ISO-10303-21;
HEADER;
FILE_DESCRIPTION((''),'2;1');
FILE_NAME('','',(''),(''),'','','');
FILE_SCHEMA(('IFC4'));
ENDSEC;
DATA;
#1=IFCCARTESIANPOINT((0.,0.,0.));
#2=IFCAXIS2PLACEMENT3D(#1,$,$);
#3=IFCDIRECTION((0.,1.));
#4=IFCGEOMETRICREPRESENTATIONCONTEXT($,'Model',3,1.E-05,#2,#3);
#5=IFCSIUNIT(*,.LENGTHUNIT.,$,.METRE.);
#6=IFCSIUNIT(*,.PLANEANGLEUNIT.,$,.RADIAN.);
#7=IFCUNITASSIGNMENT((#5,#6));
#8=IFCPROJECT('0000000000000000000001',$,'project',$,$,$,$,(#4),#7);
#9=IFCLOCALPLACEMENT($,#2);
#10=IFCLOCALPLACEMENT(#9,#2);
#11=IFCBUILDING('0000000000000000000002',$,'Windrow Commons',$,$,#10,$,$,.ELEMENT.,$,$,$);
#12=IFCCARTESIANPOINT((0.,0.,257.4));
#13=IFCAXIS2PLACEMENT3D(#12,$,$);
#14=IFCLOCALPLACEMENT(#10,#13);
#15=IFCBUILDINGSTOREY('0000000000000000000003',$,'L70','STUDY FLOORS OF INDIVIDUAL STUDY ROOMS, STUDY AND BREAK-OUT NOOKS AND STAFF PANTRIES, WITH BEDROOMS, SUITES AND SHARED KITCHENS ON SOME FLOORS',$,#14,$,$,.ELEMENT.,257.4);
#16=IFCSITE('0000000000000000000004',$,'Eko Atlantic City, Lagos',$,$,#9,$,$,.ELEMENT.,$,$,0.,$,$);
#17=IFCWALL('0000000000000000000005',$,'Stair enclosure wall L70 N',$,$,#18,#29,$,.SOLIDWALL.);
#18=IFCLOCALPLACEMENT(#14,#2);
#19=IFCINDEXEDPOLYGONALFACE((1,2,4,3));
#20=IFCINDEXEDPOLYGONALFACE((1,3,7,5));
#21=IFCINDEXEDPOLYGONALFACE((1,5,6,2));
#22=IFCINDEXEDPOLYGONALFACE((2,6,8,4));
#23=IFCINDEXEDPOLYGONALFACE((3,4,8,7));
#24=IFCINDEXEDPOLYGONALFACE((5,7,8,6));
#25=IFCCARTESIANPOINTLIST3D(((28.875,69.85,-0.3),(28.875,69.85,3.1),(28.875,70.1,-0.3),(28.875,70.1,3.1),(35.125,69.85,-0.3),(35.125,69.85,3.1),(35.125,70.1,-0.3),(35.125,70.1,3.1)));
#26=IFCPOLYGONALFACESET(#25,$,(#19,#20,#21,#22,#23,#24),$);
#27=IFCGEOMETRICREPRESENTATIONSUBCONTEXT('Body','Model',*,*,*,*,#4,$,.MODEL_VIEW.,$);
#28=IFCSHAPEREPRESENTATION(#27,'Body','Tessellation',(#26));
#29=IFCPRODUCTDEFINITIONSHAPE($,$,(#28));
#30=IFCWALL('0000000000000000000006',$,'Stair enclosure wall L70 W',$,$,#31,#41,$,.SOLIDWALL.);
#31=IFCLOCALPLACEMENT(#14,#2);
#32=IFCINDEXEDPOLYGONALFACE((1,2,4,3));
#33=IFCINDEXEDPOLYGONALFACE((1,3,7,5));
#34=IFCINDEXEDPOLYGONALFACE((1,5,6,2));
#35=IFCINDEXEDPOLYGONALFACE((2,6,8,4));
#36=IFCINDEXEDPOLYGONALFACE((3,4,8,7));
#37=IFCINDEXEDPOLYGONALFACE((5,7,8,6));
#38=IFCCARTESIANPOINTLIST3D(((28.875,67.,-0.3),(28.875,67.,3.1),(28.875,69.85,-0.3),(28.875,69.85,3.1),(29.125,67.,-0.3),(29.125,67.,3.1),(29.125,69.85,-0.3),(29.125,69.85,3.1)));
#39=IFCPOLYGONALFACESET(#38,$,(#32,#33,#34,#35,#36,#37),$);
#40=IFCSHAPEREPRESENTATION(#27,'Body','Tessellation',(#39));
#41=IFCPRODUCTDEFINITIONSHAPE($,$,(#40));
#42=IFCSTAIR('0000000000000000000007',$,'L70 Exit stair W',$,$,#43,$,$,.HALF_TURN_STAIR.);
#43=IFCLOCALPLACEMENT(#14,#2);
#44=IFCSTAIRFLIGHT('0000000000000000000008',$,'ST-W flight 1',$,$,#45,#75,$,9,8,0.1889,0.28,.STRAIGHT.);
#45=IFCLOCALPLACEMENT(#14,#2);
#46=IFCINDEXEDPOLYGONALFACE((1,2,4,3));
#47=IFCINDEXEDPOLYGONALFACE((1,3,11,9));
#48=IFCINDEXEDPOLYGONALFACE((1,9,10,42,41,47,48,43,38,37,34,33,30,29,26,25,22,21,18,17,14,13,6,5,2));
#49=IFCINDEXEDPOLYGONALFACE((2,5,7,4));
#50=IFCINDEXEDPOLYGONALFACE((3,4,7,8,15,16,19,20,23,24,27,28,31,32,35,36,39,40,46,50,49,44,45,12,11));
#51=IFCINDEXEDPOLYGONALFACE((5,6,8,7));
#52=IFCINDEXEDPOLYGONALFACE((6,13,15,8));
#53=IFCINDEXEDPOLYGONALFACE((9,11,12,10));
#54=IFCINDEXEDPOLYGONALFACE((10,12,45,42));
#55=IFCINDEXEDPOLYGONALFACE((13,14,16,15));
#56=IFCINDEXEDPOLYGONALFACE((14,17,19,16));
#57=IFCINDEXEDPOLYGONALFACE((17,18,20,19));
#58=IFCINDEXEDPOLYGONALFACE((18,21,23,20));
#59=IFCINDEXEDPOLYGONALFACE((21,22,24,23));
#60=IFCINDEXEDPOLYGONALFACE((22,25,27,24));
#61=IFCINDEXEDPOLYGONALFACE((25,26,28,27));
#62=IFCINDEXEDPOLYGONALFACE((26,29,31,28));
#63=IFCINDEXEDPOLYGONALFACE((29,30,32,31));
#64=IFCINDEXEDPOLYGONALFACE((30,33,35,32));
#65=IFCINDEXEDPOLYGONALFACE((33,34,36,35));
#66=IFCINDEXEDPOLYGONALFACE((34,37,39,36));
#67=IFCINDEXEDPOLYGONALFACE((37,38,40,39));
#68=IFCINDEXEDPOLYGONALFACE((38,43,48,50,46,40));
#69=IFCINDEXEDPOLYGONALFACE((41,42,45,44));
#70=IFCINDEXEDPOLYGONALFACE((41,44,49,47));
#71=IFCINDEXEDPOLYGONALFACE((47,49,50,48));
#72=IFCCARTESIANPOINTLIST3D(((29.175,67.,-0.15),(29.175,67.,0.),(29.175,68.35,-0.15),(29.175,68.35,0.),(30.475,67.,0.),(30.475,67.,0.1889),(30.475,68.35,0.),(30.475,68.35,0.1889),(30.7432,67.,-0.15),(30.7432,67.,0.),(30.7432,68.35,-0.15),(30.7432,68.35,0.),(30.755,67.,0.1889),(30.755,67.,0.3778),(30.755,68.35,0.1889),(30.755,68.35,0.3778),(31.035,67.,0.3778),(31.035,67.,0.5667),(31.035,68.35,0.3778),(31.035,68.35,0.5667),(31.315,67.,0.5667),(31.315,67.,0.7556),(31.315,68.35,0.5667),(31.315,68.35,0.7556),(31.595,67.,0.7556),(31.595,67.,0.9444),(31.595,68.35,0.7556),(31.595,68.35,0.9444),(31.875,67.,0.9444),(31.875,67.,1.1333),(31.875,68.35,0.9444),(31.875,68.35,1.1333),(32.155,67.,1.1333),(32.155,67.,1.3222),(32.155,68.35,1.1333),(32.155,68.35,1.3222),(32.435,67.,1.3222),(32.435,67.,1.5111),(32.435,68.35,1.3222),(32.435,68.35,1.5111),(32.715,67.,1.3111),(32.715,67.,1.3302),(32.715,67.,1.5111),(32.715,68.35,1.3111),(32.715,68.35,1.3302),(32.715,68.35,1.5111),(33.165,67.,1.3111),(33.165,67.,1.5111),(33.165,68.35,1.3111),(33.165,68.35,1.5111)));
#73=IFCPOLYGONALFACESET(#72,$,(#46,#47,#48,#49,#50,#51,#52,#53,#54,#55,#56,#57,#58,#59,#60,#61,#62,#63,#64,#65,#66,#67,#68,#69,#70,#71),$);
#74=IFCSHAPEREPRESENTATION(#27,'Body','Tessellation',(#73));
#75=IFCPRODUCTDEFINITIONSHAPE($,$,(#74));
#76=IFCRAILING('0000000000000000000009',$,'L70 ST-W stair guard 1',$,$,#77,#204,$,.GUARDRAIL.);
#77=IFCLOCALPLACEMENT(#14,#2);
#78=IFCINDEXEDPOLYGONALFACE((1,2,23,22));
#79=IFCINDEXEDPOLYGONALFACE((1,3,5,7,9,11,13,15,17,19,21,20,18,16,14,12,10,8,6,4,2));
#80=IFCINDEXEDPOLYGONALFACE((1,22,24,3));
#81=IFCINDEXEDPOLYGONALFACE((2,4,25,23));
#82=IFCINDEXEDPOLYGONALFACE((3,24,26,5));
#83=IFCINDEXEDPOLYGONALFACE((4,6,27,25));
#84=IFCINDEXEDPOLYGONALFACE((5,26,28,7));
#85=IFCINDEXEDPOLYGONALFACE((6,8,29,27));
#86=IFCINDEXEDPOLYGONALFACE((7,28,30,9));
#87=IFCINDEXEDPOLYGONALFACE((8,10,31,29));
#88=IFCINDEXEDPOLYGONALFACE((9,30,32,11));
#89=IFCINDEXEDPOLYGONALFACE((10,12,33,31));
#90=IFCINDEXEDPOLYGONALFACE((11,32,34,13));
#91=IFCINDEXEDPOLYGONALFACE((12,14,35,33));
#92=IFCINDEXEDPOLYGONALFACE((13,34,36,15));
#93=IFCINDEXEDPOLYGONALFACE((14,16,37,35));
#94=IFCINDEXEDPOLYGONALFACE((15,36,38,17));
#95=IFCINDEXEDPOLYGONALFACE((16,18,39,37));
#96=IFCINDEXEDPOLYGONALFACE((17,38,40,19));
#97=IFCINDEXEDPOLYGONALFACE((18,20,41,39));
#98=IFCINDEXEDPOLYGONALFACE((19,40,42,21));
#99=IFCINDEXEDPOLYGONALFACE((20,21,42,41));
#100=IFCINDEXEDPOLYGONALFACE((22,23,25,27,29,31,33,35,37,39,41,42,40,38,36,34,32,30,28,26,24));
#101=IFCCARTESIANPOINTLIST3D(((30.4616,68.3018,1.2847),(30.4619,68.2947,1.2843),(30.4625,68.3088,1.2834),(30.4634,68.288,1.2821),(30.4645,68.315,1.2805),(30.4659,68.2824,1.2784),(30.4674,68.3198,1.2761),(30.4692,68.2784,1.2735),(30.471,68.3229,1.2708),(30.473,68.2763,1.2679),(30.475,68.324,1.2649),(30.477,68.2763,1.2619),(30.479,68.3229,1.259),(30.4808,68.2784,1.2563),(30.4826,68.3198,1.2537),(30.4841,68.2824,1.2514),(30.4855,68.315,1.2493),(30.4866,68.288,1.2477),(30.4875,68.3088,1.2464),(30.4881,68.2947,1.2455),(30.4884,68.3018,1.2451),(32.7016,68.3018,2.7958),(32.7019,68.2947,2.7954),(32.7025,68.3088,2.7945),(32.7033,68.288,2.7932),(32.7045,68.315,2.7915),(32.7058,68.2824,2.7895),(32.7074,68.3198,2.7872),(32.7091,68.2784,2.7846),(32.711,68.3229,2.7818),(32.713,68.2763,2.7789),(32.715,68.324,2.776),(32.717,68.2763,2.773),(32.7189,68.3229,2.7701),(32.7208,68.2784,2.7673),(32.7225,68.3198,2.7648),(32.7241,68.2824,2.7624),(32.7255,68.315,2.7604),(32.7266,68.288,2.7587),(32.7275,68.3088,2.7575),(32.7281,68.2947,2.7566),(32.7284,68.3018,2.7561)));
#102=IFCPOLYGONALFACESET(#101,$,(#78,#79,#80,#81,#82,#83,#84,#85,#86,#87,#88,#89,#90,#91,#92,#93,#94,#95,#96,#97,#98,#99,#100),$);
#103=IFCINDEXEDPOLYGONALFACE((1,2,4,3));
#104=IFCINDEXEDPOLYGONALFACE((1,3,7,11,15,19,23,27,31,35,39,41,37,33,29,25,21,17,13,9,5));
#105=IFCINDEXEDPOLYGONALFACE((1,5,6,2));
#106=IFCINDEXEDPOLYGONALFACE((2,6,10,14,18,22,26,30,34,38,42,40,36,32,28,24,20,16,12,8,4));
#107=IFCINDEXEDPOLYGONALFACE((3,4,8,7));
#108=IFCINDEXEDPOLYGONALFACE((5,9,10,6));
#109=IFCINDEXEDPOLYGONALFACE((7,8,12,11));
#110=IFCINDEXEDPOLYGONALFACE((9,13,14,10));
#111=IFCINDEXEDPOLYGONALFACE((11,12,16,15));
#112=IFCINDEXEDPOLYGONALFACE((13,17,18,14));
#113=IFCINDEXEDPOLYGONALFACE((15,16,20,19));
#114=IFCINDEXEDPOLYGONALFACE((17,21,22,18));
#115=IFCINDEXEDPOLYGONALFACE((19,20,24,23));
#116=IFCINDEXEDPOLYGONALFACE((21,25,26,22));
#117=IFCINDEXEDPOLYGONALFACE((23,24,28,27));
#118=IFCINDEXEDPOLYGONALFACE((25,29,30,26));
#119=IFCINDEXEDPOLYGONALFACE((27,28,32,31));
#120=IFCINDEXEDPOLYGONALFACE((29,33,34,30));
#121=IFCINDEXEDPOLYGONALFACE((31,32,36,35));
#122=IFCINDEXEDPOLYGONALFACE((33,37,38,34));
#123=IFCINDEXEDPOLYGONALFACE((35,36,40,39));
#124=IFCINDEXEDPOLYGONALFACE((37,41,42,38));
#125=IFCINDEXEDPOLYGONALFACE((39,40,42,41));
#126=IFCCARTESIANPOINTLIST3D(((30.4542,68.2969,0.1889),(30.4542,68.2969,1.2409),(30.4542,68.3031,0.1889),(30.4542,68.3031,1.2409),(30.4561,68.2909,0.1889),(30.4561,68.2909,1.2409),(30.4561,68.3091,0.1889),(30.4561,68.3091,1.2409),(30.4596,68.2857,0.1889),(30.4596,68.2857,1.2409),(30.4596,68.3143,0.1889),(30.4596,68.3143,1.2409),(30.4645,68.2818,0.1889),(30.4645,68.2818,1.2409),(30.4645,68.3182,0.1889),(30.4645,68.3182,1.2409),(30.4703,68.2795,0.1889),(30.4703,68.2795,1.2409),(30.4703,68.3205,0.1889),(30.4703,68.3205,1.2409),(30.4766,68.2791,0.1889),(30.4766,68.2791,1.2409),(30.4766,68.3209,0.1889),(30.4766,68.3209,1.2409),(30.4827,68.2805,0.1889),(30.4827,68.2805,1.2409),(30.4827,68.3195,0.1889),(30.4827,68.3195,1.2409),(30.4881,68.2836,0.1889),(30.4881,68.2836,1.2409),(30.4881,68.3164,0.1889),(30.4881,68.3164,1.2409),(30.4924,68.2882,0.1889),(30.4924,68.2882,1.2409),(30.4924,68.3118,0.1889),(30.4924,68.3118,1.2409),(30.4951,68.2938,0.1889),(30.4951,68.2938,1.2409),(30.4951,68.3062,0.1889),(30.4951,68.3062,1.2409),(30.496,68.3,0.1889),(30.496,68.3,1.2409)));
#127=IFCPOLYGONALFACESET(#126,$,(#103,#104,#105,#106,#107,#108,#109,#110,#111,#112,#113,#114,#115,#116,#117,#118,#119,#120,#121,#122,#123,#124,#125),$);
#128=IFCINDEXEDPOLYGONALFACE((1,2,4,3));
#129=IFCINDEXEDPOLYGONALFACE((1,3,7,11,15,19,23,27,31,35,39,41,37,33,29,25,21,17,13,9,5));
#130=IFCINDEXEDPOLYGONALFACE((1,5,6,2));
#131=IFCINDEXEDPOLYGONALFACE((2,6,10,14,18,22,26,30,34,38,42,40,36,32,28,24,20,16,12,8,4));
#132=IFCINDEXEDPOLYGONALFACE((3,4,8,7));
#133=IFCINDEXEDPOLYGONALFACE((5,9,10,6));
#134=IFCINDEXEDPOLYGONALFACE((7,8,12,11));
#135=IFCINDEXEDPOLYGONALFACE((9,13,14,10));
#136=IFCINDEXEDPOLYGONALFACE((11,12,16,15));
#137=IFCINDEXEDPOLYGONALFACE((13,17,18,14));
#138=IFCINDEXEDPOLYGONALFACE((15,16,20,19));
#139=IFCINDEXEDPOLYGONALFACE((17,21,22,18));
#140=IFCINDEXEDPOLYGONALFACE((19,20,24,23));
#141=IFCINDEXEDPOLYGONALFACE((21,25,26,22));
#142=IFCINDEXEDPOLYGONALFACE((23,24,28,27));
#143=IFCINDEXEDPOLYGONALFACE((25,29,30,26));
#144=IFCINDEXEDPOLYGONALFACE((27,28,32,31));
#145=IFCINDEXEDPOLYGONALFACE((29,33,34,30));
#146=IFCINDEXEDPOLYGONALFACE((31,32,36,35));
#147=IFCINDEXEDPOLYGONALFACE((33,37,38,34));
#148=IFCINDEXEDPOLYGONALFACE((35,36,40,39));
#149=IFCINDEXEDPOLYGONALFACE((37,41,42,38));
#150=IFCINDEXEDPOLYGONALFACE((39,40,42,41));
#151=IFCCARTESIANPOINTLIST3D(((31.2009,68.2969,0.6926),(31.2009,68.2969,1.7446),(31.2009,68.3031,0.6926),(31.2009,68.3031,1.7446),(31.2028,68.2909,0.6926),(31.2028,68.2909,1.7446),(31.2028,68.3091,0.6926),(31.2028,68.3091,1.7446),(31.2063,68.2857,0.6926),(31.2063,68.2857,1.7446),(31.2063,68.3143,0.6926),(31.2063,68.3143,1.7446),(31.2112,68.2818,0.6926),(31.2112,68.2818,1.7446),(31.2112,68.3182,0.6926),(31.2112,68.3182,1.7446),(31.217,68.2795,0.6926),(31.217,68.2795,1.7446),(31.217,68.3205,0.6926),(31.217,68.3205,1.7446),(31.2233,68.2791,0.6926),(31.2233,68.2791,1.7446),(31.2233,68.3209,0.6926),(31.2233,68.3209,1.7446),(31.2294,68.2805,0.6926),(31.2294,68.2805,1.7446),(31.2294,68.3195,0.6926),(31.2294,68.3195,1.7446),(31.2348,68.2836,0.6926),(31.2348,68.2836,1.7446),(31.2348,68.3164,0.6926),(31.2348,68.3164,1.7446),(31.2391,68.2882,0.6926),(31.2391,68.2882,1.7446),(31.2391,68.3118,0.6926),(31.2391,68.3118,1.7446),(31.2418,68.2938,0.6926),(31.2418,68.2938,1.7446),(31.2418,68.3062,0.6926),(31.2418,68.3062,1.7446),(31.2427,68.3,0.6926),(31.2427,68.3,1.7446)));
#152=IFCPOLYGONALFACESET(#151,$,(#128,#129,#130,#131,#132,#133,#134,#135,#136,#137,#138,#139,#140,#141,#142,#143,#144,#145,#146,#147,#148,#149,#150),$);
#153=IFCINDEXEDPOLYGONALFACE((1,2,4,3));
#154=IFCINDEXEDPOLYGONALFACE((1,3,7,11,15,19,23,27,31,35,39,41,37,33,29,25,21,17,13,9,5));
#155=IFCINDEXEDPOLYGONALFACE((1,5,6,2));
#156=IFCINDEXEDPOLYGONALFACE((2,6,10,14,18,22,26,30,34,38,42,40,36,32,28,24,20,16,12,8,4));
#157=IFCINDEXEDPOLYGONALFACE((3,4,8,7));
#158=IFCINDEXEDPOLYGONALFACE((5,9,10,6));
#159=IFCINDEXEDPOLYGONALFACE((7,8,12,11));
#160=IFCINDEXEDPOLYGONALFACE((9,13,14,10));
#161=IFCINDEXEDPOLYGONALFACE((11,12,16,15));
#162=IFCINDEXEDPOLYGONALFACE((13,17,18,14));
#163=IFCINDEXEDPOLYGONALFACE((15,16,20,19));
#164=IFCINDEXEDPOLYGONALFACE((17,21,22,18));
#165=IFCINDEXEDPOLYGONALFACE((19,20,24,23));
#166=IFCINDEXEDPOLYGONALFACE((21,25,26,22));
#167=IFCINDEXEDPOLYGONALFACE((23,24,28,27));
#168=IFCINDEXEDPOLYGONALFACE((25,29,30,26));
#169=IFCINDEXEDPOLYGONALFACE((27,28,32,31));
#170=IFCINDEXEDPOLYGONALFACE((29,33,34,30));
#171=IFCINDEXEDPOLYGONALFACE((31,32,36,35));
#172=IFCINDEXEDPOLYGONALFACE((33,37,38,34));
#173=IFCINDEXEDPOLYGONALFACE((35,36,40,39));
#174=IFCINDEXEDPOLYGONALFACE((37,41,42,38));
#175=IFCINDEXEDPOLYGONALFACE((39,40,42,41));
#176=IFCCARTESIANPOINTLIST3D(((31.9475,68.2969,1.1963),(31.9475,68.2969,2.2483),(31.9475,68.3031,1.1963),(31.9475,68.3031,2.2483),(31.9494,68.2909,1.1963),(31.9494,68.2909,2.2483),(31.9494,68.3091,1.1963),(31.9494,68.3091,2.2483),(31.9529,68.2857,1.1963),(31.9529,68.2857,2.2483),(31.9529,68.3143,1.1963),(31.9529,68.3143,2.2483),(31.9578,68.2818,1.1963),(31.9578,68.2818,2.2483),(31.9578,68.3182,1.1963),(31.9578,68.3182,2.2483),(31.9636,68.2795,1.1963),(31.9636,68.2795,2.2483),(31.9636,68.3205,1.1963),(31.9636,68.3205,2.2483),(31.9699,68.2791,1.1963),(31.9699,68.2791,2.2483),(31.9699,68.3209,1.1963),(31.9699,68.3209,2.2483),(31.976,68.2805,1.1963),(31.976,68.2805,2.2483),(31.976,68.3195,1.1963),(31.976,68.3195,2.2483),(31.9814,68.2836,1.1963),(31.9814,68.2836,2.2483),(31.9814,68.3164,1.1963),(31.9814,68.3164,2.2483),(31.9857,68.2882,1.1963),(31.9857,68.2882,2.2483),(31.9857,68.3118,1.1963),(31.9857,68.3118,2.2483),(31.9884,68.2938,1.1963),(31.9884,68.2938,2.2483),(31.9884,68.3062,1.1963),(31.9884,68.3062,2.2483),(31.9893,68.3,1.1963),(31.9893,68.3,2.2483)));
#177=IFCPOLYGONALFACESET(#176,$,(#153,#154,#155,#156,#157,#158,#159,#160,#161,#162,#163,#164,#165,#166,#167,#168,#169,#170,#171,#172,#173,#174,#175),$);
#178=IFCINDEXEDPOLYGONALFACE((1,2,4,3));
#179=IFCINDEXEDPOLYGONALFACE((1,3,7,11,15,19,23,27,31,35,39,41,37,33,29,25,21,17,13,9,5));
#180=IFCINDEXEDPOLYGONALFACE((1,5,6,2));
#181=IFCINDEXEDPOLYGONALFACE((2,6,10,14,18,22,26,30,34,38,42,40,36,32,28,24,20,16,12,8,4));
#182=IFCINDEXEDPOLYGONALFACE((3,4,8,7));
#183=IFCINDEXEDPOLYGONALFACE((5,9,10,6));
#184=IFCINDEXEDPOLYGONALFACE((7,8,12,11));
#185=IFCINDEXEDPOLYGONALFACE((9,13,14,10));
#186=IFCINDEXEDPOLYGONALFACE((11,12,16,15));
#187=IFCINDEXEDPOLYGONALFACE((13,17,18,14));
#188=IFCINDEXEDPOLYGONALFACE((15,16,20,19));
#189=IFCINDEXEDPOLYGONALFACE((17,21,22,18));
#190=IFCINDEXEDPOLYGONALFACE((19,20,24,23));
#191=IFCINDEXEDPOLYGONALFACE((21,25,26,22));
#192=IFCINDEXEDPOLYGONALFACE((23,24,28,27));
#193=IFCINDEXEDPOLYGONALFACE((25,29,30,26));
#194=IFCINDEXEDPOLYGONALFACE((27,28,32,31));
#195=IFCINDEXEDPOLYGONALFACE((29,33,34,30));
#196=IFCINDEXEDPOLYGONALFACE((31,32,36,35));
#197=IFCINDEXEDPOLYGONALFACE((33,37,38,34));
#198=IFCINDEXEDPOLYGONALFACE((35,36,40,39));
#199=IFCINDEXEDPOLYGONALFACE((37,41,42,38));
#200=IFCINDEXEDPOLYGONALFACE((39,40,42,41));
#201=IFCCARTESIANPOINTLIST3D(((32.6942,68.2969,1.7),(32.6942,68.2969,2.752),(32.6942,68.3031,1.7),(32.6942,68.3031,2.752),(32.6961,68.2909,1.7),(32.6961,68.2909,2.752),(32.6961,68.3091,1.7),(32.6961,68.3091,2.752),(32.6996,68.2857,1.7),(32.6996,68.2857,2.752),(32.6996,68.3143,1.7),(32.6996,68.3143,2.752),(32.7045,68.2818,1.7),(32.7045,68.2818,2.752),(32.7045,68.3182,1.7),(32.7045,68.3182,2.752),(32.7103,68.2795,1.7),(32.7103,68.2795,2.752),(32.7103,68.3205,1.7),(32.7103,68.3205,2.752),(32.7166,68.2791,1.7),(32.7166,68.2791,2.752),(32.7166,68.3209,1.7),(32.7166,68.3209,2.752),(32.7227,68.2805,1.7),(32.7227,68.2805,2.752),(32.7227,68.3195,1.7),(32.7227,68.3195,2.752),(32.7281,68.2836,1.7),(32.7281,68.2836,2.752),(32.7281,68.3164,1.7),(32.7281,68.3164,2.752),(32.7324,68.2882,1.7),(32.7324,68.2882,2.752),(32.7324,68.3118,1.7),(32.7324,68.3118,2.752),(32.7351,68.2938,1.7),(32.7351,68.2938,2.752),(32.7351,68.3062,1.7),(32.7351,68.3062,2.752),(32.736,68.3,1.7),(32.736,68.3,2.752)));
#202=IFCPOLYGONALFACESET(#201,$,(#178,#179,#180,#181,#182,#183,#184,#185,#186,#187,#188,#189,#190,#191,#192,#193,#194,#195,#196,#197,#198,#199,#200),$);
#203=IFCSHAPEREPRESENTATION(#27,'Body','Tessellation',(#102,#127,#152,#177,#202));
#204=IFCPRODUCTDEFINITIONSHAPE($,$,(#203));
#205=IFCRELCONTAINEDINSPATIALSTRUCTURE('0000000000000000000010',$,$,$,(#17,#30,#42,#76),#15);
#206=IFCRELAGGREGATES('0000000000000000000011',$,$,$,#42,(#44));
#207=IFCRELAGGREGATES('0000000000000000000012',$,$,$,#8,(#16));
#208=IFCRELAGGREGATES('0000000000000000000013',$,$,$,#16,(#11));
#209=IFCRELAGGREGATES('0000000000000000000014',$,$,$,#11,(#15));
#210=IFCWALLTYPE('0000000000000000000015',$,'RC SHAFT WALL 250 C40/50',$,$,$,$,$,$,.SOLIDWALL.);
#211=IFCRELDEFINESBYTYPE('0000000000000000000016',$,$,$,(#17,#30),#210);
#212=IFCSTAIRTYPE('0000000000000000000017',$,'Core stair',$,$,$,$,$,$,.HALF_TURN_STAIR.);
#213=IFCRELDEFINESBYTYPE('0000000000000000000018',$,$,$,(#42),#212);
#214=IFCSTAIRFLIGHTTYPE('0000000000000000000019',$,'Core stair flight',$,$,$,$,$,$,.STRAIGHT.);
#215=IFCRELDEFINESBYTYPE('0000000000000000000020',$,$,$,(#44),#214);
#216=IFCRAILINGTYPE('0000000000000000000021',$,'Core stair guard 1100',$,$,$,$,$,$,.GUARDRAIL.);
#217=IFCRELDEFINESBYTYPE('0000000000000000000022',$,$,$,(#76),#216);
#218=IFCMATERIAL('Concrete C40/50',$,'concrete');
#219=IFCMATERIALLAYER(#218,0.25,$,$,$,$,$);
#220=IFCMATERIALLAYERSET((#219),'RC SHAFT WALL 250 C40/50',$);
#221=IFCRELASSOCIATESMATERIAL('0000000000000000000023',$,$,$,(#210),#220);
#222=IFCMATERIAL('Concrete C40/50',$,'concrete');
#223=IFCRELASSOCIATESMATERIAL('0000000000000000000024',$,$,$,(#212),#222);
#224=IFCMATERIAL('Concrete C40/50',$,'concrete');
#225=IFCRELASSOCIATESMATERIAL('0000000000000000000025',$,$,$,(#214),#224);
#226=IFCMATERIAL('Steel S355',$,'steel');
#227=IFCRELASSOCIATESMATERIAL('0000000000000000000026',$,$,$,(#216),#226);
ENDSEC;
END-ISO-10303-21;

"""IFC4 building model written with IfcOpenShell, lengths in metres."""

from ifc_helpers import new_model, si_unit, direction, frame, frame_2d, origin, origin_2d, place, context, subcontext, project, spatial, polyline, rectangle, circle, outline, extrude, material, layer, layer_set, type_object, element, aggregate, save


model = new_model("IFC4")

# Units and contexts
model_context = context("Model", 3, precision=1e-05, world=origin(), true_north=direction((0.0, 1.0)))
body_context = subcontext(model_context, "Body", "Model", "MODEL_VIEW")
ifc_project = project(units=[si_unit("LENGTHUNIT", "METRE"), si_unit("PLANEANGLEUNIT", "RADIAN")], contexts=[model_context])

# Site, building, storey
site_placement = place(None, origin())
site = spatial("IfcSite", under=ifc_project, at=site_placement, Name="Eko Atlantic City, Lagos", CompositionType="ELEMENT", RefElevation=0.0)
building_placement = place(site_placement, origin())
building = spatial("IfcBuilding", under=site, at=building_placement, Name="Windrow Commons", CompositionType="ELEMENT")
storey_placement = place(building_placement, frame((0.0, 0.0, 257.4)))
storey = spatial("IfcBuildingStorey", under=building, at=storey_placement, Name="L70", Description="STUDY FLOORS OF INDIVIDUAL STUDY ROOMS, STUDY AND BREAK-OUT NOOKS AND STAFF PANTRIES, WITH BEDROOMS, SUITES AND SHARED KITCHENS ON SOME FLOORS", CompositionType="ELEMENT", Elevation=257.4)

# Shared definitions
ifc_material_1 = material(Name="Concrete C40/50", Category="concrete")
ifc_layer_1 = layer(ifc_material_1, 0.25)
ifc_layer_set_1 = layer_set([ifc_layer_1], Name="RC SHAFT WALL 250 C40/50")
wall_type_1 = type_object("IfcWallType", Name="RC SHAFT WALL 250 C40/50", PredefinedType="SOLIDWALL", material=ifc_layer_set_1)

# Walls
wall_1_placement = place(storey_placement, frame((28.875, 69.975, -0.3), z_axis=(0.0, 0.0, 1.0), x_axis=(1.0, 0.0, 0.0)))
element("IfcWall", 1, at=wall_1_placement, inside=storey, type_object=wall_type_1, Name="Stair enclosure wall L70 N", PredefinedType="SOLIDWALL", context=body_context, shape_type="SweptSolid", body=[
    extrude(rectangle(XDim=6.25, YDim=0.25, at=frame_2d((3.125, 0.0))), origin(), (0.0, 0.0, 1.0), 3.4),
])
wall_2_placement = place(storey_placement, frame((29.0, 67.0, -0.3), z_axis=(0.0, 0.0, 1.0), x_axis=(0.0, 1.0, 0.0)))
element("IfcWall", 2, at=wall_2_placement, inside=storey, type_object=wall_type_1, Name="Stair enclosure wall L70 W", PredefinedType="SOLIDWALL", context=body_context, shape_type="SweptSolid", body=[
    extrude(rectangle(XDim=2.85, YDim=0.25, at=frame_2d((1.425, 0.0))), origin(), (0.0, 0.0, 1.0), 3.4),
])

# Stair, stair flight
ifc_material_2 = material(Name="Concrete C40/50", Category="concrete")
stair_type = type_object("IfcStairType", Name="Core stair", PredefinedType="HALF_TURN_STAIR", material=ifc_material_2)
stair_placement = place(storey_placement, origin())
stair = element("IfcStair", 3, at=stair_placement, inside=storey, type_object=stair_type, Name="L70 Exit stair W", PredefinedType="HALF_TURN_STAIR")
ifc_material_3 = material(Name="Concrete C40/50", Category="concrete")
stair_flight_type = type_object("IfcStairFlightType", Name="Core stair flight", PredefinedType="STRAIGHT", material=ifc_material_3)
stair_flight_placement = place(storey_placement, frame((30.475, 67.675, 0.0), z_axis=(0.0, 0.0, 1.0), x_axis=(1.0, 0.0, 0.0)))
stair_flight = element("IfcStairFlight", 4, at=stair_flight_placement, type_object=stair_flight_type, Name="ST-W flight 1", NumberOfRisers=9, NumberOfTreads=8, PredefinedType="STRAIGHT", RiserHeight=0.1889, TreadLength=0.28, context=body_context, shape_type="SweptSolid", body=[
    extrude(outline(polyline([(-1.3, -0.15), (-1.3, 0.0), (0.0, 0.0), (0.0, 0.1889), (0.28, 0.1889), (0.28, 0.3778), (0.56, 0.3778), (0.56, 0.5667), (0.84, 0.5667), (0.84, 0.7556), (1.12, 0.7556), (1.12, 0.9444), (1.4, 0.9444), (1.4, 1.1333), (1.68, 1.1333), (1.68, 1.3222), (1.96, 1.3222), (1.96, 1.5111), (2.24, 1.5111), (2.69, 1.5111), (2.69, 1.3111), (2.24, 1.3111), (2.24, 1.3302), (0.2682, 0.0), (0.2682, -0.15), (-1.3, -0.15)])), frame((0.0, 0.675, 0.0), z_axis=(0.0, -1.0, 0.0), x_axis=(1.0, 0.0, 0.0)), (0.0, 0.0, 1.0), 1.35),
])
aggregate(stair, [stair_flight])

# Railing
ifc_material_4 = material(Name="Steel S355", Category="steel")
railing_type_1 = type_object("IfcRailingType", Name="Core stair guard 1100", PredefinedType="GUARDRAIL", material=ifc_material_4)
railing_1_placement = place(storey_placement, frame((30.475, 68.3, 0.1889)))
element("IfcRailing", 5, at=railing_1_placement, inside=storey, type_object=railing_type_1, Name="L70 ST-W stair guard 1", PredefinedType="GUARDRAIL", context=body_context, shape_type="SweptSolid", body=[
    extrude(circle(Radius=0.024, at=origin_2d()), frame((0.0, 0.0, 1.076), z_axis=(0.829003, 0.0, 0.559244), x_axis=(0.0, 1.0, 0.0)), (0.0, 0.0, 1.0), 2.702),
    extrude(circle(Radius=0.021, at=origin_2d()), origin(), (0.0, 0.0, 1.0), 1.052),
    extrude(circle(Radius=0.021, at=origin_2d()), frame((0.7467, 0.0, 0.5037)), (0.0, 0.0, 1.0), 1.052),
    extrude(circle(Radius=0.021, at=origin_2d()), frame((1.4933, 0.0, 1.0074)), (0.0, 0.0, 1.0), 1.052),
    extrude(circle(Radius=0.021, at=origin_2d()), frame((2.24, 0.0, 1.5111)), (0.0, 0.0, 1.0), 1.052),
])

save(model, "model.ifc")
